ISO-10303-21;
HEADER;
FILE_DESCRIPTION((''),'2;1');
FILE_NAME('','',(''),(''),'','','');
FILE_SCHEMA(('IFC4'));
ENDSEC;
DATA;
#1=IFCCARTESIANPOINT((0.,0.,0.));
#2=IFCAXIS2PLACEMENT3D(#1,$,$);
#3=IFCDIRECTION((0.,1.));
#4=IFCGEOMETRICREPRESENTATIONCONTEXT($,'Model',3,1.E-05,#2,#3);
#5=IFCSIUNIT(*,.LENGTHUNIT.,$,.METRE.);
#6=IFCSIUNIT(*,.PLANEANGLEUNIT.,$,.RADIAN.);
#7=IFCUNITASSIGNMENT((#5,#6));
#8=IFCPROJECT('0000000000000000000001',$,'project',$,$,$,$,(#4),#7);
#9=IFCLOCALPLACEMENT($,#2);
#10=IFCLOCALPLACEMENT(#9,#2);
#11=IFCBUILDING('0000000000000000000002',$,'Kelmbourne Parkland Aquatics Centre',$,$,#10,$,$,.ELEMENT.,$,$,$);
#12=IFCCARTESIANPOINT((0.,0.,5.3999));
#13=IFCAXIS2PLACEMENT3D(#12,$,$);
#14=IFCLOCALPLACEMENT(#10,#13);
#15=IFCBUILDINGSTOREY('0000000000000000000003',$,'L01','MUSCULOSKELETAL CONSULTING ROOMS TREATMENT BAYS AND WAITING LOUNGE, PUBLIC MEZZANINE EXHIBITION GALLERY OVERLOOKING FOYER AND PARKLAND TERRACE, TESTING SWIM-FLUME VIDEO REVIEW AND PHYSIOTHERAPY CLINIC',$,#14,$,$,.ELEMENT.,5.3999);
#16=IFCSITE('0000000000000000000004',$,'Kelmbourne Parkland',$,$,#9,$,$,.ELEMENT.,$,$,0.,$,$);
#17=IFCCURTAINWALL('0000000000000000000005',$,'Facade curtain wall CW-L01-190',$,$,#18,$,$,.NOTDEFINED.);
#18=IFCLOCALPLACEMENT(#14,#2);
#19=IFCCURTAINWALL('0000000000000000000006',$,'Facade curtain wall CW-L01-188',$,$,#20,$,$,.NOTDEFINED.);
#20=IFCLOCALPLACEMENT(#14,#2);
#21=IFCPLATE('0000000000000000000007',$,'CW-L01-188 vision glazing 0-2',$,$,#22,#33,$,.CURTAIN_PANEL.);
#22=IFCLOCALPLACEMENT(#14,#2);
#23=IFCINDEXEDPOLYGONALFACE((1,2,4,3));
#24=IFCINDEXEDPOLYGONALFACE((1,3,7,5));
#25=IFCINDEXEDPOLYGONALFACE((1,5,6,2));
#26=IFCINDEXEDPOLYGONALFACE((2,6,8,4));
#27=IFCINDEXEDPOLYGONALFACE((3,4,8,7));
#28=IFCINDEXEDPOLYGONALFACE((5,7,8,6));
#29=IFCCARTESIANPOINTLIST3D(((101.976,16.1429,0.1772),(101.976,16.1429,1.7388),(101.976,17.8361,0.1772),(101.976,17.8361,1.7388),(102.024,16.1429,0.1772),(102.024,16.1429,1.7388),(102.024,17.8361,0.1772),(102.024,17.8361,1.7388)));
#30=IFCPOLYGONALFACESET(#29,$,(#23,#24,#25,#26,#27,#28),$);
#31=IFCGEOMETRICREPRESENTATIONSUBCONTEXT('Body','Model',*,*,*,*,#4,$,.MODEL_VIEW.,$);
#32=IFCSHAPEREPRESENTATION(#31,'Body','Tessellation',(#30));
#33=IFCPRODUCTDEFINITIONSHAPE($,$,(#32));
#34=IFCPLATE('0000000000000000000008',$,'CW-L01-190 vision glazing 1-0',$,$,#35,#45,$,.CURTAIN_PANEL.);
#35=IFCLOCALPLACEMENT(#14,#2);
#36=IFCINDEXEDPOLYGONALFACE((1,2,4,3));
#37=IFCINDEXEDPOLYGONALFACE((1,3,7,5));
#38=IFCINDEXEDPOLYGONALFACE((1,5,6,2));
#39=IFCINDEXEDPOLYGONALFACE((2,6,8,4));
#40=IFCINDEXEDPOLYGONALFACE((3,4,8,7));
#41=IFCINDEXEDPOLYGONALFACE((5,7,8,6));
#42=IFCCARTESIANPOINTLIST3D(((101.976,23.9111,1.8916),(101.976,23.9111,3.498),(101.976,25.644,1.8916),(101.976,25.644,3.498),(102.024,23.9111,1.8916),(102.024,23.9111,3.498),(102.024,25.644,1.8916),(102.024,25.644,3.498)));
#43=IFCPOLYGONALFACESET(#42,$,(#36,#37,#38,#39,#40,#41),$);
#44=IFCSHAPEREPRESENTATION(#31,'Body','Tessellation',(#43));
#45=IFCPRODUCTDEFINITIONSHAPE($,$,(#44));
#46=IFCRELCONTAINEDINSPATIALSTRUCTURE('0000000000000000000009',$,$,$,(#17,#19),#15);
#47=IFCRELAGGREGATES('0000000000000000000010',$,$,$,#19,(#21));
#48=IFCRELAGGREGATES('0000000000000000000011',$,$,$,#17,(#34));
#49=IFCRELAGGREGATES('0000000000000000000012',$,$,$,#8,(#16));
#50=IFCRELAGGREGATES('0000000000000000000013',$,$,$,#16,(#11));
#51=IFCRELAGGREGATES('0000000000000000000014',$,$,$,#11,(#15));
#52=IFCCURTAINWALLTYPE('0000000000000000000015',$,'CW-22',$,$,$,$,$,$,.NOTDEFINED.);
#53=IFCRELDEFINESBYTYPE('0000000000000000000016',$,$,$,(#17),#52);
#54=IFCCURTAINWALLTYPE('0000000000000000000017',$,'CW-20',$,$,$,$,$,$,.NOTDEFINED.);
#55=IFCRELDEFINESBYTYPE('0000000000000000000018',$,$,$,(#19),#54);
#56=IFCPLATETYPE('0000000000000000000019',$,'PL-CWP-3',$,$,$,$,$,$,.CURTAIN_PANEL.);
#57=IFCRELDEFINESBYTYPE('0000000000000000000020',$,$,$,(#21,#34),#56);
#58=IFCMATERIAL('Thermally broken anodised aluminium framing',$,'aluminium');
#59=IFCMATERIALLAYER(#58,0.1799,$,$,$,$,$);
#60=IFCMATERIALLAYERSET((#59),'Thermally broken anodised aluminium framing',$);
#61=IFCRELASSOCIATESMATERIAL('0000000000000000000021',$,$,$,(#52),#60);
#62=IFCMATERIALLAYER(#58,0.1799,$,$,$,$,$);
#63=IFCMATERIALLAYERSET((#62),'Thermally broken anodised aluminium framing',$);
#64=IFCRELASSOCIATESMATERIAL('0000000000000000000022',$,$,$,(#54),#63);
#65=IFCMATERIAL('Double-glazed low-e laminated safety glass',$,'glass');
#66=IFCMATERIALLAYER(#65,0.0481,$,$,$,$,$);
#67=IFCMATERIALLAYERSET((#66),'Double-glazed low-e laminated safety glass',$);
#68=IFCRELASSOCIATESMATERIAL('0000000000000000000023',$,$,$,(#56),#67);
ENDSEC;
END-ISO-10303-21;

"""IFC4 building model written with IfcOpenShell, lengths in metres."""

from ifc_helpers import new_model, si_unit, direction, frame, origin, origin_2d, place, context, subcontext, project, spatial, rectangle, extrude, material, layer, layer_set, type_object, element, aggregate, save


model = new_model("IFC4")

# Units and contexts
model_context = context("Model", 3, precision=1e-05, world=origin(), true_north=direction((0.0, 1.0)))
body_context = subcontext(model_context, "Body", "Model", "MODEL_VIEW")
ifc_project = project(units=[si_unit("LENGTHUNIT", "METRE"), si_unit("PLANEANGLEUNIT", "RADIAN")], contexts=[model_context])

# Site, building, storey
site_placement = place(None, origin())
site = spatial("IfcSite", under=ifc_project, at=site_placement, Name="Kelmbourne Parkland", CompositionType="ELEMENT", RefElevation=0.0)
building_placement = place(site_placement, origin())
building = spatial("IfcBuilding", under=site, at=building_placement, Name="Kelmbourne Parkland Aquatics Centre", CompositionType="ELEMENT")
storey_placement = place(building_placement, frame((0.0, 0.0, 5.3999)))
storey = spatial("IfcBuildingStorey", under=building, at=storey_placement, Name="L01", Description="MUSCULOSKELETAL CONSULTING ROOMS TREATMENT BAYS AND WAITING LOUNGE, PUBLIC MEZZANINE EXHIBITION GALLERY OVERLOOKING FOYER AND PARKLAND TERRACE, TESTING SWIM-FLUME VIDEO REVIEW AND PHYSIOTHERAPY CLINIC", CompositionType="ELEMENT", Elevation=5.3999)

# Curtain wall
ifc_material_1 = material(Name="Thermally broken anodised aluminium framing", Category="aluminium")
ifc_layer_1 = layer(ifc_material_1, 0.1799)
ifc_layer_set_1 = layer_set([ifc_layer_1], Name="Thermally broken anodised aluminium framing")
curtain_wall_type_1 = type_object("IfcCurtainWallType", Name="CW-22", PredefinedType="NOTDEFINED", material=ifc_layer_set_1)
curtain_wall_1_placement = place(storey_placement, origin())
curtain_wall_1 = element("IfcCurtainWall", 1, at=curtain_wall_1_placement, inside=storey, type_object=curtain_wall_type_1, Name="Facade curtain wall CW-L01-190", PredefinedType="NOTDEFINED")

# Curtain wall
ifc_layer_2 = layer(ifc_material_1, 0.1799)
ifc_layer_set_2 = layer_set([ifc_layer_2], Name="Thermally broken anodised aluminium framing")
curtain_wall_type_2 = type_object("IfcCurtainWallType", Name="CW-20", PredefinedType="NOTDEFINED", material=ifc_layer_set_2)
curtain_wall_2_placement = place(storey_placement, origin())
curtain_wall_2 = element("IfcCurtainWall", 2, at=curtain_wall_2_placement, inside=storey, type_object=curtain_wall_type_2, Name="Facade curtain wall CW-L01-188", PredefinedType="NOTDEFINED")

# Plates
ifc_material_2 = material(Name="Double-glazed low-e laminated safety glass", Category="glass")
ifc_layer_3 = layer(ifc_material_2, 0.0481)
ifc_layer_set_3 = layer_set([ifc_layer_3], Name="Double-glazed low-e laminated safety glass")
plate_type_1 = type_object("IfcPlateType", Name="PL-CWP-3", PredefinedType="CURTAIN_PANEL", material=ifc_layer_set_3)
plate_1_placement = place(storey_placement, frame((102.0, 16.9895, 0.1772), z_axis=(0.0, 0.0, 1.0), x_axis=(0.0, 1.0, 0.0)))
plate_1 = element("IfcPlate", 3, at=plate_1_placement, type_object=plate_type_1, Name="CW-L01-188 vision glazing 0-2", PredefinedType="CURTAIN_PANEL", context=body_context, shape_type="SweptSolid", body=[
    extrude(rectangle(XDim=1.6931, YDim=0.0481, at=origin_2d()), origin(), (0.0, 0.0, 1.0), 1.5615),
])
aggregate(curtain_wall_2, [plate_1])
plate_2_placement = place(storey_placement, frame((102.0, 24.7776, 1.8916), z_axis=(0.0, 0.0, 1.0), x_axis=(0.0, 1.0, 0.0)))
plate_2 = element("IfcPlate", 4, at=plate_2_placement, type_object=plate_type_1, Name="CW-L01-190 vision glazing 1-0", PredefinedType="CURTAIN_PANEL", context=body_context, shape_type="SweptSolid", body=[
    extrude(rectangle(XDim=1.7329, YDim=0.0481, at=origin_2d()), origin(), (0.0, 0.0, 1.0), 1.6064),
])
aggregate(curtain_wall_1, [plate_2])

save(model, "model.ifc")
